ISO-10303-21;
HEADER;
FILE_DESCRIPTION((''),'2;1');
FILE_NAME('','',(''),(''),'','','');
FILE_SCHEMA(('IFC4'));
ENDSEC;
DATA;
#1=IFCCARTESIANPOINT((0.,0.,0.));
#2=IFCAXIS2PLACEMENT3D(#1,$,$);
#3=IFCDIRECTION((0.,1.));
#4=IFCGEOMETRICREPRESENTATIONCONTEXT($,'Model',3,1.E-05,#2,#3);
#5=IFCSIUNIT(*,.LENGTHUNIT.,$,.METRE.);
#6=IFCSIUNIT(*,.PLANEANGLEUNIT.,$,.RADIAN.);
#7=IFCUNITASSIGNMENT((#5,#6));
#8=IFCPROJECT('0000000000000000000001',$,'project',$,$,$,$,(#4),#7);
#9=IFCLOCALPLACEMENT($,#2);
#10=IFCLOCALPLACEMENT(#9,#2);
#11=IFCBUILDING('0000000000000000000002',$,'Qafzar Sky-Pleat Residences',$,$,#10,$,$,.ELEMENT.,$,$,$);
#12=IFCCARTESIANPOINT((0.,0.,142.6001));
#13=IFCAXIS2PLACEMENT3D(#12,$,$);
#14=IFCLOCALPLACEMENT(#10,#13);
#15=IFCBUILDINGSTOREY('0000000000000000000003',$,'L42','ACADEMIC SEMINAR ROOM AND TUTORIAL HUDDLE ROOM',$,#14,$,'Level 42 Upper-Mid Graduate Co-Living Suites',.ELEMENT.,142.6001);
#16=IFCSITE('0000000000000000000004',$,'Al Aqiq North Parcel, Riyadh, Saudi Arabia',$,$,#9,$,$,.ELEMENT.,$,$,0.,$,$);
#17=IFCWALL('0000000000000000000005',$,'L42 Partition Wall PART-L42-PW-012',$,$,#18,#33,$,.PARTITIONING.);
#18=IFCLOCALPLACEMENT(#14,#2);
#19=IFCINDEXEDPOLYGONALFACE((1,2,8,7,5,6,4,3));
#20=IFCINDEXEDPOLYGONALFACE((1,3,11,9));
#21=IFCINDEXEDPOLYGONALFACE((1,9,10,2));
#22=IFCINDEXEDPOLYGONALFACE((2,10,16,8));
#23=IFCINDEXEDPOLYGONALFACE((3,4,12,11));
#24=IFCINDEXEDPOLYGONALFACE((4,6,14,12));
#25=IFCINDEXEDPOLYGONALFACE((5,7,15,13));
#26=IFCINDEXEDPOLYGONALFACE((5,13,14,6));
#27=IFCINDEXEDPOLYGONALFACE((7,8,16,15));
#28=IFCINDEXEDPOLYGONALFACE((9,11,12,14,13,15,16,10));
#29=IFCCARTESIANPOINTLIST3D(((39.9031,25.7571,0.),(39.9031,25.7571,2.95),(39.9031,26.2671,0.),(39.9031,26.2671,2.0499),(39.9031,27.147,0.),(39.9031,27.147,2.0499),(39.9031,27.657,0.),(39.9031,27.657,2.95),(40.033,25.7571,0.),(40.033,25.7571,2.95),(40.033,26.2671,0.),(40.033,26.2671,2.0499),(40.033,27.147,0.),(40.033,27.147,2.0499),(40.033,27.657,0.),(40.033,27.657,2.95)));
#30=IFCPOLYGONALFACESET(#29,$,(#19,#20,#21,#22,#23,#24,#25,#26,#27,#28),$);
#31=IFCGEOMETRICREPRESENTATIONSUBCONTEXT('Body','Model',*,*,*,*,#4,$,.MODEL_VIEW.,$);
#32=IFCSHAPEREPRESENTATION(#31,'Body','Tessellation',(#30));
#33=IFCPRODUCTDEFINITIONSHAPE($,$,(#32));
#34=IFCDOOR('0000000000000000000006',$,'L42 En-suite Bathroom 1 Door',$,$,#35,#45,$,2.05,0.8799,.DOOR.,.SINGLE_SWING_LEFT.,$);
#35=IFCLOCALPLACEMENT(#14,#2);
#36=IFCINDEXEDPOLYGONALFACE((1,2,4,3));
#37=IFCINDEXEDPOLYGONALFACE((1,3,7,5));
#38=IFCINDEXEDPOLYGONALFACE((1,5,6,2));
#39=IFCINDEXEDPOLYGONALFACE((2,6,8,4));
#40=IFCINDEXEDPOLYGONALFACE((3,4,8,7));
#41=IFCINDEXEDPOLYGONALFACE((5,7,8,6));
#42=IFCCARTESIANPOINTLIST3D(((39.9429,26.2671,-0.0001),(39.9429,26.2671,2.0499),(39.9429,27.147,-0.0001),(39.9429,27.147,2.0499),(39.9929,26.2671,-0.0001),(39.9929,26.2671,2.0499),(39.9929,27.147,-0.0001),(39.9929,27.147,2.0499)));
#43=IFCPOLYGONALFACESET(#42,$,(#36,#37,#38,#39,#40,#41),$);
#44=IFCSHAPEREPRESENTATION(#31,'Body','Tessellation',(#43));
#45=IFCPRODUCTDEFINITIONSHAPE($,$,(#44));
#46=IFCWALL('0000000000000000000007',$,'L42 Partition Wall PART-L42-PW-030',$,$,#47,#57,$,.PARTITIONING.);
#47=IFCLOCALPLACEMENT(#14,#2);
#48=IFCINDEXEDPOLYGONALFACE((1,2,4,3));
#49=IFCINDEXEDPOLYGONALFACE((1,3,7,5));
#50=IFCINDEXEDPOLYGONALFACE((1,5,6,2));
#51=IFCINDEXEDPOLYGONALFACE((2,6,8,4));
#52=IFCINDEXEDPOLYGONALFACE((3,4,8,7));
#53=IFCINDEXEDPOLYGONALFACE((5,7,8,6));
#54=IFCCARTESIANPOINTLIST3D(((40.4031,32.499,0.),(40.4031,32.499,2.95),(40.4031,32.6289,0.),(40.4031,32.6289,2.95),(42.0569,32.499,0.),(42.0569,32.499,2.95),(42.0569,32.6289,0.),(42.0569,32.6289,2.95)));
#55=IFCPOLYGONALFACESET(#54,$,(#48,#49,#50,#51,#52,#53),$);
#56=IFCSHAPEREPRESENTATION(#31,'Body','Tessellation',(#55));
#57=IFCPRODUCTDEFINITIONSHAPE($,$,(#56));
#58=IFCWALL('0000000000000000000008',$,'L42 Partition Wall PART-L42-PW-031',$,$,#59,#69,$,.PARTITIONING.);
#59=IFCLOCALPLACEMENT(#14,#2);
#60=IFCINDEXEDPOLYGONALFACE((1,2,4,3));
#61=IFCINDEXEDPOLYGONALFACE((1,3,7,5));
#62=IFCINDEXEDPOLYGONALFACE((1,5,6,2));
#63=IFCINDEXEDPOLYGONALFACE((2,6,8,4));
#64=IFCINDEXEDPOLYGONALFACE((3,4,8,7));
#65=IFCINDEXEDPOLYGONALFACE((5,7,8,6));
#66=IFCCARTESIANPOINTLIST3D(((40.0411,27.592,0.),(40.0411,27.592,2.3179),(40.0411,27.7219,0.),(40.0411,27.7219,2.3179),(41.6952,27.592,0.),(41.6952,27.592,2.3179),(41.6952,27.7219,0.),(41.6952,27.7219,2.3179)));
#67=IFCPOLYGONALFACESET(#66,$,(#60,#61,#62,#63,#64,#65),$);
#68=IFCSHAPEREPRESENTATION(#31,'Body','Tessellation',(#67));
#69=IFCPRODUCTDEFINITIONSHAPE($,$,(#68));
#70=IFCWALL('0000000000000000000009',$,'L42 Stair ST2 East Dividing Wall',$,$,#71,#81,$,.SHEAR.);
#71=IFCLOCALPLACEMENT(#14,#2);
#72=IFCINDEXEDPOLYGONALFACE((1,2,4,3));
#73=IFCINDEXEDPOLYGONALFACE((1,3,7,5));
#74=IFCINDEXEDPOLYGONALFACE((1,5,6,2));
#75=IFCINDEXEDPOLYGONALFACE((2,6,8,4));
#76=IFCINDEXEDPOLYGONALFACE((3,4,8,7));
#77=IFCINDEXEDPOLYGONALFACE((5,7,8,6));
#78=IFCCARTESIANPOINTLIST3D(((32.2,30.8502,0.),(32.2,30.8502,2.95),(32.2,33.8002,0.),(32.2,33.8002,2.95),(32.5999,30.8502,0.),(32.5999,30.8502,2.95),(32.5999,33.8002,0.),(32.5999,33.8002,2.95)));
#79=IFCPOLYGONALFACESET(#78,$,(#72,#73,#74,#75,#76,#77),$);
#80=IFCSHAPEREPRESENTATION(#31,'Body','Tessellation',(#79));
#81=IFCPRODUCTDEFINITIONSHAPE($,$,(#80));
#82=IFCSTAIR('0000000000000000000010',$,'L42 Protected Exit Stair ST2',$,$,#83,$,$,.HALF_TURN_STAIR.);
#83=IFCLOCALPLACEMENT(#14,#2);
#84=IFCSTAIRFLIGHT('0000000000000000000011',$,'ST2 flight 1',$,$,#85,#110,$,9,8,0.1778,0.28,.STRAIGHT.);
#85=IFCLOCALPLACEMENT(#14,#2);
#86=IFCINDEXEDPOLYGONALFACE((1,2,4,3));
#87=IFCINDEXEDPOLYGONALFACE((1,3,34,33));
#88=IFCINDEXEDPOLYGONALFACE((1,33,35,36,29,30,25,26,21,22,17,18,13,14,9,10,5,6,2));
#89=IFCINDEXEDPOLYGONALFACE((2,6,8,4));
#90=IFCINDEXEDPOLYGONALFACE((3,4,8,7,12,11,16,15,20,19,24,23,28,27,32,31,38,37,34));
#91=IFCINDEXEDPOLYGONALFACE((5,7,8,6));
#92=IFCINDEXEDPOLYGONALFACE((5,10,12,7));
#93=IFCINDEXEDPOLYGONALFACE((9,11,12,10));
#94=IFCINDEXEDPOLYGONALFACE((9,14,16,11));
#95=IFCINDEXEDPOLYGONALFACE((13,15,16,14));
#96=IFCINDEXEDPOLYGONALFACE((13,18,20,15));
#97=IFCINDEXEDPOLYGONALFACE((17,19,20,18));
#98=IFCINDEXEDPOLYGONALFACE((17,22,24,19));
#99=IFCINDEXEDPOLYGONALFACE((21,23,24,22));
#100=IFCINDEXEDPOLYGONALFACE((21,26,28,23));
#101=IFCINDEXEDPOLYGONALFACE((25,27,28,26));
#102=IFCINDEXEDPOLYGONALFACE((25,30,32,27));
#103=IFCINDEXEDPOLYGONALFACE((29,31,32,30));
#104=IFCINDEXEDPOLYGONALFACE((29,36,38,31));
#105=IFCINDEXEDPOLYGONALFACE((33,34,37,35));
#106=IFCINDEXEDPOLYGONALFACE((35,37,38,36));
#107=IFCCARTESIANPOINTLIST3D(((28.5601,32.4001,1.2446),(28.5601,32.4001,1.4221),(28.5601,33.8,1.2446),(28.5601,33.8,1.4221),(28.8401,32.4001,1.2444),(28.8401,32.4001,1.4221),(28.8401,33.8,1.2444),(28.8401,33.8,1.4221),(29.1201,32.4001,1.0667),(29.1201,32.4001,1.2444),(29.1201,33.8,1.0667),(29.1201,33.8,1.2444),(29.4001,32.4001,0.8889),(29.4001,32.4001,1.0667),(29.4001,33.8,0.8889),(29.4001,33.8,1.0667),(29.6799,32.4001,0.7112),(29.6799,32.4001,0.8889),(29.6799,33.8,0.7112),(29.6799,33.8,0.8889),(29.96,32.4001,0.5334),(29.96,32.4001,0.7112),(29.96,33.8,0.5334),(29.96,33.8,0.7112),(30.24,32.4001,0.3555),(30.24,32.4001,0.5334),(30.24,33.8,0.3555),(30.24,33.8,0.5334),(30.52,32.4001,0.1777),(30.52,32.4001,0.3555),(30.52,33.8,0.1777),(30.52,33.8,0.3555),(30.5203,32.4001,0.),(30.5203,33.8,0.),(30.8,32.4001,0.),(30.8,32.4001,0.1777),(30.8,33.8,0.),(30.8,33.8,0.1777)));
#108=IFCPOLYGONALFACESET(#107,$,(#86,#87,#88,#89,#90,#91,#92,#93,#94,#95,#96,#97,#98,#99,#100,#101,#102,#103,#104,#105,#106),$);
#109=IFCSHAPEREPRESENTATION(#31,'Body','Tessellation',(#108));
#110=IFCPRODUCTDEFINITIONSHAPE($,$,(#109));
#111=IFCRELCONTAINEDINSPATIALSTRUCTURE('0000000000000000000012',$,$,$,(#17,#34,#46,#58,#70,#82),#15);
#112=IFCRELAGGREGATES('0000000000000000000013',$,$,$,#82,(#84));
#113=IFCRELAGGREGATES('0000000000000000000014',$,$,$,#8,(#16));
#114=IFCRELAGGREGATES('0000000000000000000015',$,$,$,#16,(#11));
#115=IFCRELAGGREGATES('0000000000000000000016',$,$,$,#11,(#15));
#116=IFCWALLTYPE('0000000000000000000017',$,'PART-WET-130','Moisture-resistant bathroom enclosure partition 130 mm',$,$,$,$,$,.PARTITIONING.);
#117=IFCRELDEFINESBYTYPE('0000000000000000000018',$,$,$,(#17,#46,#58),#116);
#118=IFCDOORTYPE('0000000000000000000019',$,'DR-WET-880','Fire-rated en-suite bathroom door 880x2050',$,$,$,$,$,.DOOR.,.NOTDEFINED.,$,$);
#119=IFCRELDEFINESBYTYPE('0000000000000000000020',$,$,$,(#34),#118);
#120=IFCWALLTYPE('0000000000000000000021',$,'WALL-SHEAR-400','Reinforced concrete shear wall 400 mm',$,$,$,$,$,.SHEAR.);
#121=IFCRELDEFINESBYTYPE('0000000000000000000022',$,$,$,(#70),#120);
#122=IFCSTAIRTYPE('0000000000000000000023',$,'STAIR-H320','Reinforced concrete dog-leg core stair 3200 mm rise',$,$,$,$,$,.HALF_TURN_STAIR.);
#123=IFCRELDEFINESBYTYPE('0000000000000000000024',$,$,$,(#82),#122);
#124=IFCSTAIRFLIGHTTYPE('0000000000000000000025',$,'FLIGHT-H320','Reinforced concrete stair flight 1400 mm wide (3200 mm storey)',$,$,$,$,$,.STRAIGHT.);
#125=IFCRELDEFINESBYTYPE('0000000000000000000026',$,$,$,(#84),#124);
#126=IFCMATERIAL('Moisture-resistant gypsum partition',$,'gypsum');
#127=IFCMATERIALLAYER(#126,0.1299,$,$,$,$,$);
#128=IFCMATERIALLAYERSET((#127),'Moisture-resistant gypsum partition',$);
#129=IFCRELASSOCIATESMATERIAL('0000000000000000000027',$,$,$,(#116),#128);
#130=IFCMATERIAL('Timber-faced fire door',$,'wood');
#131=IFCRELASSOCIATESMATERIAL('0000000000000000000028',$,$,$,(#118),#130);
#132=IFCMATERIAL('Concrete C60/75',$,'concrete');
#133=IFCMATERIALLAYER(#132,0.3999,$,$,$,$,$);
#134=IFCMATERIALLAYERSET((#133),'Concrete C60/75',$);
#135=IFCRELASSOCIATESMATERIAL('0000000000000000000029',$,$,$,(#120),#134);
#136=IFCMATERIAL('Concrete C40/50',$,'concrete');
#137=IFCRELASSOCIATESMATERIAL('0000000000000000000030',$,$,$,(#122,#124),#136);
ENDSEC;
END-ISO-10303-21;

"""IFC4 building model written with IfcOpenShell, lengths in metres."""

from ifc_helpers import new_model, si_unit, direction, frame, frame_2d, origin, place, context, subcontext, project, spatial, polyline, rectangle, outline, extrude, source, transform, mapped, material, layer, layer_set, type_object, element, fill, aggregate, save


model = new_model("IFC4")

# Units and contexts
model_context = context("Model", 3, precision=1e-05, world=origin(), true_north=direction((0.0, 1.0)))
body_context = subcontext(model_context, "Body", "Model", "MODEL_VIEW")
ifc_project = project(units=[si_unit("LENGTHUNIT", "METRE"), si_unit("PLANEANGLEUNIT", "RADIAN")], contexts=[model_context])

# Site, building, storey
site_placement = place(None, origin())
site = spatial("IfcSite", under=ifc_project, at=site_placement, Name="Al Aqiq North Parcel, Riyadh, Saudi Arabia", CompositionType="ELEMENT", RefElevation=0.0)
building_placement = place(site_placement, origin())
building = spatial("IfcBuilding", under=site, at=building_placement, Name="Qafzar Sky-Pleat Residences", CompositionType="ELEMENT")
storey_placement = place(building_placement, frame((0.0, 0.0, 142.6001)))
storey = spatial("IfcBuildingStorey", under=building, at=storey_placement, Name="L42", Description="ACADEMIC SEMINAR ROOM AND TUTORIAL HUDDLE ROOM", LongName="Level 42 Upper-Mid Graduate Co-Living Suites", CompositionType="ELEMENT", Elevation=142.6001)

# Shared definitions
ifc_material_1 = material(Name="Timber-faced fire door", Category="wood")

# Wall, opening, door
ifc_material_2 = material(Name="Moisture-resistant gypsum partition", Category="gypsum")
ifc_layer_1 = layer(ifc_material_2, 0.1299)
ifc_layer_set_1 = layer_set([ifc_layer_1], Name="Moisture-resistant gypsum partition")
wall_type_1 = type_object("IfcWallType", Name="PART-WET-130", Description="Moisture-resistant bathroom enclosure partition 130 mm", PredefinedType="PARTITIONING", material=ifc_layer_set_1)
wall_1_placement = place(storey_placement, frame((39.968, 27.657, 0.0), z_axis=(0.0, 0.0, 1.0), x_axis=(0.0, -1.0, 0.0)))
wall_1 = element("IfcWall", 1, at=wall_1_placement, inside=storey, type_object=wall_type_1, Name="L42 Partition Wall PART-L42-PW-012", PredefinedType="PARTITIONING", context=body_context, shape_type="SweptSolid", body=[
    extrude(rectangle(XDim=1.8999, YDim=0.1299, at=frame_2d((0.95, 0.0))), origin(), (0.0, 0.0, 1.0), 2.95),
])
opening_1_placement = place(wall_1_placement, frame((0.51, 0.0, 0.0)))
opening_1 = element("IfcOpeningElement", 2, at=opening_1_placement, cuts=wall_1, PredefinedType="OPENING", context=body_context, shape_type="SweptSolid", body=[
    extrude(rectangle(XDim=0.8799, YDim=2.05, at=frame_2d((0.4399, 1.0249))), frame((0.0, 0.075, 0.0), z_axis=(0.0, -1.0, 0.0), x_axis=(1.0, 0.0, 0.0)), (0.0, 0.0, 1.0), 0.1499),
])
door_type_1 = type_object("IfcDoorType", Name="DR-WET-880", Description="Fire-rated en-suite bathroom door 880x2050", OperationType="NOTDEFINED", PredefinedType="DOOR", material=ifc_material_1)
shared_shape_1 = source(origin(), body_context, "Body", "SweptSolid", [
    extrude(rectangle(XDim=0.8799, YDim=2.05, at=frame_2d((0.4399, 1.0249))), frame((0.0, 0.0249, 0.0), z_axis=(0.0, -1.0, 0.0), x_axis=(1.0, 0.0, 0.0)), (0.0, 0.0, 1.0), 0.05),
])
door_1_placement = place(opening_1_placement, origin())
door_1 = element("IfcDoor", 3, at=door_1_placement, inside=storey, type_object=door_type_1, Name="L42 En-suite Bathroom 1 Door", OperationType="SINGLE_SWING_LEFT", OverallHeight=2.05, OverallWidth=0.8799, PredefinedType="DOOR", context=body_context, shape_type="MappedRepresentation", body=[
    mapped(shared_shape_1, transform((0.0, 0.0, 0.0), x_axis=(1.0, 0.0, 0.0), y_axis=(0.0, 1.0, 0.0), z_axis=(0.0, 0.0, 1.0), scale=1.0)),
])
fill(opening_1, door_1)

# Walls
wall_2_placement = place(storey_placement, frame((40.4031, 32.564, 0.0), z_axis=(0.0, 0.0, 1.0), x_axis=(1.0, 0.0, 0.0)))
element("IfcWall", 4, at=wall_2_placement, inside=storey, type_object=wall_type_1, Name="L42 Partition Wall PART-L42-PW-030", PredefinedType="PARTITIONING", context=body_context, shape_type="SweptSolid", body=[
    extrude(rectangle(XDim=1.6538, YDim=0.1299, at=frame_2d((0.8269, 0.0))), origin(), (0.0, 0.0, 1.0), 2.95),
])
wall_3_placement = place(storey_placement, frame((40.041, 27.657, 0.0), z_axis=(0.0, 0.0, 1.0), x_axis=(1.0, 0.0, 0.0)))
element("IfcWall", 5, at=wall_3_placement, inside=storey, type_object=wall_type_1, Name="L42 Partition Wall PART-L42-PW-031", PredefinedType="PARTITIONING", context=body_context, shape_type="SweptSolid", body=[
    extrude(rectangle(XDim=1.6541, YDim=0.1299, at=frame_2d((0.8271, 0.0))), origin(), (0.0, 0.0, 1.0), 2.3179),
])
ifc_material_3 = material(Name="Concrete C60/75", Category="concrete")
ifc_layer_2 = layer(ifc_material_3, 0.3999)
ifc_layer_set_2 = layer_set([ifc_layer_2], Name="Concrete C60/75")
wall_type_2 = type_object("IfcWallType", Name="WALL-SHEAR-400", Description="Reinforced concrete shear wall 400 mm", PredefinedType="SHEAR", material=ifc_layer_set_2)
wall_4_placement = place(storey_placement, frame((32.3999, 30.8501, 0.0), z_axis=(0.0, 0.0, 1.0), x_axis=(0.0, 1.0, 0.0)))
element("IfcWall", 6, at=wall_4_placement, inside=storey, type_object=wall_type_2, Name="L42 Stair ST2 East Dividing Wall", PredefinedType="SHEAR", context=body_context, shape_type="SweptSolid", body=[
    extrude(rectangle(XDim=2.95, YDim=0.3999, at=frame_2d((1.4751, 0.0))), origin(), (0.0, 0.0, 1.0), 2.95),
])

# Stair, stair flight
ifc_material_4 = material(Name="Concrete C40/50", Category="concrete")
stair_type = type_object("IfcStairType", Name="STAIR-H320", Description="Reinforced concrete dog-leg core stair 3200 mm rise", PredefinedType="HALF_TURN_STAIR", material=ifc_material_4)
stair_placement = place(storey_placement, origin())
stair = element("IfcStair", 7, at=stair_placement, inside=storey, type_object=stair_type, Name="L42 Protected Exit Stair ST2", PredefinedType="HALF_TURN_STAIR")
stair_flight_type = type_object("IfcStairFlightType", Name="FLIGHT-H320", Description="Reinforced concrete stair flight 1400 mm wide (3200 mm storey)", PredefinedType="STRAIGHT", material=ifc_material_4)
shared_shape_2 = source(origin(), body_context, "Body", "SweptSolid", [
    extrude(outline(polyline([(0.0, 0.0), (0.0, 0.1777), (0.28, 0.1777), (0.28, 0.3555), (0.5601, 0.3555), (0.5601, 0.5334), (0.8401, 0.5334), (0.8401, 0.7112), (1.1201, 0.7112), (1.1201, 0.8889), (1.3999, 0.8889), (1.3999, 1.0667), (1.6799, 1.0667), (1.6799, 1.2444), (1.96, 1.2444), (1.96, 1.4221), (2.24, 1.4221), (2.24, 1.6001), (2.24, 1.2446), (0.2798, 0.0), (0.0, 0.0)])), frame((0.0, 0.7, 0.0), z_axis=(0.0, -1.0, 0.0), x_axis=(1.0, 0.0, 0.0)), (0.0, 0.0, 1.0), 1.3999),
])
stair_flight_placement = place(storey_placement, frame((30.8, 33.1001, 0.0), z_axis=(0.0, 0.0, 1.0), x_axis=(-1.0, 0.0, 0.0)))
stair_flight = element("IfcStairFlight", 8, at=stair_flight_placement, type_object=stair_flight_type, Name="ST2 flight 1", NumberOfRisers=9, NumberOfTreads=8, PredefinedType="STRAIGHT", RiserHeight=0.1778, TreadLength=0.28, context=body_context, shape_type="MappedRepresentation", body=[
    mapped(shared_shape_2, transform((0.0, 0.0, 0.0), x_axis=(1.0, 0.0, 0.0), y_axis=(0.0, 1.0, 0.0), z_axis=(0.0, 0.0, 1.0), scale=1.0)),
])
aggregate(stair, [stair_flight])

save(model, "model.ifc")
